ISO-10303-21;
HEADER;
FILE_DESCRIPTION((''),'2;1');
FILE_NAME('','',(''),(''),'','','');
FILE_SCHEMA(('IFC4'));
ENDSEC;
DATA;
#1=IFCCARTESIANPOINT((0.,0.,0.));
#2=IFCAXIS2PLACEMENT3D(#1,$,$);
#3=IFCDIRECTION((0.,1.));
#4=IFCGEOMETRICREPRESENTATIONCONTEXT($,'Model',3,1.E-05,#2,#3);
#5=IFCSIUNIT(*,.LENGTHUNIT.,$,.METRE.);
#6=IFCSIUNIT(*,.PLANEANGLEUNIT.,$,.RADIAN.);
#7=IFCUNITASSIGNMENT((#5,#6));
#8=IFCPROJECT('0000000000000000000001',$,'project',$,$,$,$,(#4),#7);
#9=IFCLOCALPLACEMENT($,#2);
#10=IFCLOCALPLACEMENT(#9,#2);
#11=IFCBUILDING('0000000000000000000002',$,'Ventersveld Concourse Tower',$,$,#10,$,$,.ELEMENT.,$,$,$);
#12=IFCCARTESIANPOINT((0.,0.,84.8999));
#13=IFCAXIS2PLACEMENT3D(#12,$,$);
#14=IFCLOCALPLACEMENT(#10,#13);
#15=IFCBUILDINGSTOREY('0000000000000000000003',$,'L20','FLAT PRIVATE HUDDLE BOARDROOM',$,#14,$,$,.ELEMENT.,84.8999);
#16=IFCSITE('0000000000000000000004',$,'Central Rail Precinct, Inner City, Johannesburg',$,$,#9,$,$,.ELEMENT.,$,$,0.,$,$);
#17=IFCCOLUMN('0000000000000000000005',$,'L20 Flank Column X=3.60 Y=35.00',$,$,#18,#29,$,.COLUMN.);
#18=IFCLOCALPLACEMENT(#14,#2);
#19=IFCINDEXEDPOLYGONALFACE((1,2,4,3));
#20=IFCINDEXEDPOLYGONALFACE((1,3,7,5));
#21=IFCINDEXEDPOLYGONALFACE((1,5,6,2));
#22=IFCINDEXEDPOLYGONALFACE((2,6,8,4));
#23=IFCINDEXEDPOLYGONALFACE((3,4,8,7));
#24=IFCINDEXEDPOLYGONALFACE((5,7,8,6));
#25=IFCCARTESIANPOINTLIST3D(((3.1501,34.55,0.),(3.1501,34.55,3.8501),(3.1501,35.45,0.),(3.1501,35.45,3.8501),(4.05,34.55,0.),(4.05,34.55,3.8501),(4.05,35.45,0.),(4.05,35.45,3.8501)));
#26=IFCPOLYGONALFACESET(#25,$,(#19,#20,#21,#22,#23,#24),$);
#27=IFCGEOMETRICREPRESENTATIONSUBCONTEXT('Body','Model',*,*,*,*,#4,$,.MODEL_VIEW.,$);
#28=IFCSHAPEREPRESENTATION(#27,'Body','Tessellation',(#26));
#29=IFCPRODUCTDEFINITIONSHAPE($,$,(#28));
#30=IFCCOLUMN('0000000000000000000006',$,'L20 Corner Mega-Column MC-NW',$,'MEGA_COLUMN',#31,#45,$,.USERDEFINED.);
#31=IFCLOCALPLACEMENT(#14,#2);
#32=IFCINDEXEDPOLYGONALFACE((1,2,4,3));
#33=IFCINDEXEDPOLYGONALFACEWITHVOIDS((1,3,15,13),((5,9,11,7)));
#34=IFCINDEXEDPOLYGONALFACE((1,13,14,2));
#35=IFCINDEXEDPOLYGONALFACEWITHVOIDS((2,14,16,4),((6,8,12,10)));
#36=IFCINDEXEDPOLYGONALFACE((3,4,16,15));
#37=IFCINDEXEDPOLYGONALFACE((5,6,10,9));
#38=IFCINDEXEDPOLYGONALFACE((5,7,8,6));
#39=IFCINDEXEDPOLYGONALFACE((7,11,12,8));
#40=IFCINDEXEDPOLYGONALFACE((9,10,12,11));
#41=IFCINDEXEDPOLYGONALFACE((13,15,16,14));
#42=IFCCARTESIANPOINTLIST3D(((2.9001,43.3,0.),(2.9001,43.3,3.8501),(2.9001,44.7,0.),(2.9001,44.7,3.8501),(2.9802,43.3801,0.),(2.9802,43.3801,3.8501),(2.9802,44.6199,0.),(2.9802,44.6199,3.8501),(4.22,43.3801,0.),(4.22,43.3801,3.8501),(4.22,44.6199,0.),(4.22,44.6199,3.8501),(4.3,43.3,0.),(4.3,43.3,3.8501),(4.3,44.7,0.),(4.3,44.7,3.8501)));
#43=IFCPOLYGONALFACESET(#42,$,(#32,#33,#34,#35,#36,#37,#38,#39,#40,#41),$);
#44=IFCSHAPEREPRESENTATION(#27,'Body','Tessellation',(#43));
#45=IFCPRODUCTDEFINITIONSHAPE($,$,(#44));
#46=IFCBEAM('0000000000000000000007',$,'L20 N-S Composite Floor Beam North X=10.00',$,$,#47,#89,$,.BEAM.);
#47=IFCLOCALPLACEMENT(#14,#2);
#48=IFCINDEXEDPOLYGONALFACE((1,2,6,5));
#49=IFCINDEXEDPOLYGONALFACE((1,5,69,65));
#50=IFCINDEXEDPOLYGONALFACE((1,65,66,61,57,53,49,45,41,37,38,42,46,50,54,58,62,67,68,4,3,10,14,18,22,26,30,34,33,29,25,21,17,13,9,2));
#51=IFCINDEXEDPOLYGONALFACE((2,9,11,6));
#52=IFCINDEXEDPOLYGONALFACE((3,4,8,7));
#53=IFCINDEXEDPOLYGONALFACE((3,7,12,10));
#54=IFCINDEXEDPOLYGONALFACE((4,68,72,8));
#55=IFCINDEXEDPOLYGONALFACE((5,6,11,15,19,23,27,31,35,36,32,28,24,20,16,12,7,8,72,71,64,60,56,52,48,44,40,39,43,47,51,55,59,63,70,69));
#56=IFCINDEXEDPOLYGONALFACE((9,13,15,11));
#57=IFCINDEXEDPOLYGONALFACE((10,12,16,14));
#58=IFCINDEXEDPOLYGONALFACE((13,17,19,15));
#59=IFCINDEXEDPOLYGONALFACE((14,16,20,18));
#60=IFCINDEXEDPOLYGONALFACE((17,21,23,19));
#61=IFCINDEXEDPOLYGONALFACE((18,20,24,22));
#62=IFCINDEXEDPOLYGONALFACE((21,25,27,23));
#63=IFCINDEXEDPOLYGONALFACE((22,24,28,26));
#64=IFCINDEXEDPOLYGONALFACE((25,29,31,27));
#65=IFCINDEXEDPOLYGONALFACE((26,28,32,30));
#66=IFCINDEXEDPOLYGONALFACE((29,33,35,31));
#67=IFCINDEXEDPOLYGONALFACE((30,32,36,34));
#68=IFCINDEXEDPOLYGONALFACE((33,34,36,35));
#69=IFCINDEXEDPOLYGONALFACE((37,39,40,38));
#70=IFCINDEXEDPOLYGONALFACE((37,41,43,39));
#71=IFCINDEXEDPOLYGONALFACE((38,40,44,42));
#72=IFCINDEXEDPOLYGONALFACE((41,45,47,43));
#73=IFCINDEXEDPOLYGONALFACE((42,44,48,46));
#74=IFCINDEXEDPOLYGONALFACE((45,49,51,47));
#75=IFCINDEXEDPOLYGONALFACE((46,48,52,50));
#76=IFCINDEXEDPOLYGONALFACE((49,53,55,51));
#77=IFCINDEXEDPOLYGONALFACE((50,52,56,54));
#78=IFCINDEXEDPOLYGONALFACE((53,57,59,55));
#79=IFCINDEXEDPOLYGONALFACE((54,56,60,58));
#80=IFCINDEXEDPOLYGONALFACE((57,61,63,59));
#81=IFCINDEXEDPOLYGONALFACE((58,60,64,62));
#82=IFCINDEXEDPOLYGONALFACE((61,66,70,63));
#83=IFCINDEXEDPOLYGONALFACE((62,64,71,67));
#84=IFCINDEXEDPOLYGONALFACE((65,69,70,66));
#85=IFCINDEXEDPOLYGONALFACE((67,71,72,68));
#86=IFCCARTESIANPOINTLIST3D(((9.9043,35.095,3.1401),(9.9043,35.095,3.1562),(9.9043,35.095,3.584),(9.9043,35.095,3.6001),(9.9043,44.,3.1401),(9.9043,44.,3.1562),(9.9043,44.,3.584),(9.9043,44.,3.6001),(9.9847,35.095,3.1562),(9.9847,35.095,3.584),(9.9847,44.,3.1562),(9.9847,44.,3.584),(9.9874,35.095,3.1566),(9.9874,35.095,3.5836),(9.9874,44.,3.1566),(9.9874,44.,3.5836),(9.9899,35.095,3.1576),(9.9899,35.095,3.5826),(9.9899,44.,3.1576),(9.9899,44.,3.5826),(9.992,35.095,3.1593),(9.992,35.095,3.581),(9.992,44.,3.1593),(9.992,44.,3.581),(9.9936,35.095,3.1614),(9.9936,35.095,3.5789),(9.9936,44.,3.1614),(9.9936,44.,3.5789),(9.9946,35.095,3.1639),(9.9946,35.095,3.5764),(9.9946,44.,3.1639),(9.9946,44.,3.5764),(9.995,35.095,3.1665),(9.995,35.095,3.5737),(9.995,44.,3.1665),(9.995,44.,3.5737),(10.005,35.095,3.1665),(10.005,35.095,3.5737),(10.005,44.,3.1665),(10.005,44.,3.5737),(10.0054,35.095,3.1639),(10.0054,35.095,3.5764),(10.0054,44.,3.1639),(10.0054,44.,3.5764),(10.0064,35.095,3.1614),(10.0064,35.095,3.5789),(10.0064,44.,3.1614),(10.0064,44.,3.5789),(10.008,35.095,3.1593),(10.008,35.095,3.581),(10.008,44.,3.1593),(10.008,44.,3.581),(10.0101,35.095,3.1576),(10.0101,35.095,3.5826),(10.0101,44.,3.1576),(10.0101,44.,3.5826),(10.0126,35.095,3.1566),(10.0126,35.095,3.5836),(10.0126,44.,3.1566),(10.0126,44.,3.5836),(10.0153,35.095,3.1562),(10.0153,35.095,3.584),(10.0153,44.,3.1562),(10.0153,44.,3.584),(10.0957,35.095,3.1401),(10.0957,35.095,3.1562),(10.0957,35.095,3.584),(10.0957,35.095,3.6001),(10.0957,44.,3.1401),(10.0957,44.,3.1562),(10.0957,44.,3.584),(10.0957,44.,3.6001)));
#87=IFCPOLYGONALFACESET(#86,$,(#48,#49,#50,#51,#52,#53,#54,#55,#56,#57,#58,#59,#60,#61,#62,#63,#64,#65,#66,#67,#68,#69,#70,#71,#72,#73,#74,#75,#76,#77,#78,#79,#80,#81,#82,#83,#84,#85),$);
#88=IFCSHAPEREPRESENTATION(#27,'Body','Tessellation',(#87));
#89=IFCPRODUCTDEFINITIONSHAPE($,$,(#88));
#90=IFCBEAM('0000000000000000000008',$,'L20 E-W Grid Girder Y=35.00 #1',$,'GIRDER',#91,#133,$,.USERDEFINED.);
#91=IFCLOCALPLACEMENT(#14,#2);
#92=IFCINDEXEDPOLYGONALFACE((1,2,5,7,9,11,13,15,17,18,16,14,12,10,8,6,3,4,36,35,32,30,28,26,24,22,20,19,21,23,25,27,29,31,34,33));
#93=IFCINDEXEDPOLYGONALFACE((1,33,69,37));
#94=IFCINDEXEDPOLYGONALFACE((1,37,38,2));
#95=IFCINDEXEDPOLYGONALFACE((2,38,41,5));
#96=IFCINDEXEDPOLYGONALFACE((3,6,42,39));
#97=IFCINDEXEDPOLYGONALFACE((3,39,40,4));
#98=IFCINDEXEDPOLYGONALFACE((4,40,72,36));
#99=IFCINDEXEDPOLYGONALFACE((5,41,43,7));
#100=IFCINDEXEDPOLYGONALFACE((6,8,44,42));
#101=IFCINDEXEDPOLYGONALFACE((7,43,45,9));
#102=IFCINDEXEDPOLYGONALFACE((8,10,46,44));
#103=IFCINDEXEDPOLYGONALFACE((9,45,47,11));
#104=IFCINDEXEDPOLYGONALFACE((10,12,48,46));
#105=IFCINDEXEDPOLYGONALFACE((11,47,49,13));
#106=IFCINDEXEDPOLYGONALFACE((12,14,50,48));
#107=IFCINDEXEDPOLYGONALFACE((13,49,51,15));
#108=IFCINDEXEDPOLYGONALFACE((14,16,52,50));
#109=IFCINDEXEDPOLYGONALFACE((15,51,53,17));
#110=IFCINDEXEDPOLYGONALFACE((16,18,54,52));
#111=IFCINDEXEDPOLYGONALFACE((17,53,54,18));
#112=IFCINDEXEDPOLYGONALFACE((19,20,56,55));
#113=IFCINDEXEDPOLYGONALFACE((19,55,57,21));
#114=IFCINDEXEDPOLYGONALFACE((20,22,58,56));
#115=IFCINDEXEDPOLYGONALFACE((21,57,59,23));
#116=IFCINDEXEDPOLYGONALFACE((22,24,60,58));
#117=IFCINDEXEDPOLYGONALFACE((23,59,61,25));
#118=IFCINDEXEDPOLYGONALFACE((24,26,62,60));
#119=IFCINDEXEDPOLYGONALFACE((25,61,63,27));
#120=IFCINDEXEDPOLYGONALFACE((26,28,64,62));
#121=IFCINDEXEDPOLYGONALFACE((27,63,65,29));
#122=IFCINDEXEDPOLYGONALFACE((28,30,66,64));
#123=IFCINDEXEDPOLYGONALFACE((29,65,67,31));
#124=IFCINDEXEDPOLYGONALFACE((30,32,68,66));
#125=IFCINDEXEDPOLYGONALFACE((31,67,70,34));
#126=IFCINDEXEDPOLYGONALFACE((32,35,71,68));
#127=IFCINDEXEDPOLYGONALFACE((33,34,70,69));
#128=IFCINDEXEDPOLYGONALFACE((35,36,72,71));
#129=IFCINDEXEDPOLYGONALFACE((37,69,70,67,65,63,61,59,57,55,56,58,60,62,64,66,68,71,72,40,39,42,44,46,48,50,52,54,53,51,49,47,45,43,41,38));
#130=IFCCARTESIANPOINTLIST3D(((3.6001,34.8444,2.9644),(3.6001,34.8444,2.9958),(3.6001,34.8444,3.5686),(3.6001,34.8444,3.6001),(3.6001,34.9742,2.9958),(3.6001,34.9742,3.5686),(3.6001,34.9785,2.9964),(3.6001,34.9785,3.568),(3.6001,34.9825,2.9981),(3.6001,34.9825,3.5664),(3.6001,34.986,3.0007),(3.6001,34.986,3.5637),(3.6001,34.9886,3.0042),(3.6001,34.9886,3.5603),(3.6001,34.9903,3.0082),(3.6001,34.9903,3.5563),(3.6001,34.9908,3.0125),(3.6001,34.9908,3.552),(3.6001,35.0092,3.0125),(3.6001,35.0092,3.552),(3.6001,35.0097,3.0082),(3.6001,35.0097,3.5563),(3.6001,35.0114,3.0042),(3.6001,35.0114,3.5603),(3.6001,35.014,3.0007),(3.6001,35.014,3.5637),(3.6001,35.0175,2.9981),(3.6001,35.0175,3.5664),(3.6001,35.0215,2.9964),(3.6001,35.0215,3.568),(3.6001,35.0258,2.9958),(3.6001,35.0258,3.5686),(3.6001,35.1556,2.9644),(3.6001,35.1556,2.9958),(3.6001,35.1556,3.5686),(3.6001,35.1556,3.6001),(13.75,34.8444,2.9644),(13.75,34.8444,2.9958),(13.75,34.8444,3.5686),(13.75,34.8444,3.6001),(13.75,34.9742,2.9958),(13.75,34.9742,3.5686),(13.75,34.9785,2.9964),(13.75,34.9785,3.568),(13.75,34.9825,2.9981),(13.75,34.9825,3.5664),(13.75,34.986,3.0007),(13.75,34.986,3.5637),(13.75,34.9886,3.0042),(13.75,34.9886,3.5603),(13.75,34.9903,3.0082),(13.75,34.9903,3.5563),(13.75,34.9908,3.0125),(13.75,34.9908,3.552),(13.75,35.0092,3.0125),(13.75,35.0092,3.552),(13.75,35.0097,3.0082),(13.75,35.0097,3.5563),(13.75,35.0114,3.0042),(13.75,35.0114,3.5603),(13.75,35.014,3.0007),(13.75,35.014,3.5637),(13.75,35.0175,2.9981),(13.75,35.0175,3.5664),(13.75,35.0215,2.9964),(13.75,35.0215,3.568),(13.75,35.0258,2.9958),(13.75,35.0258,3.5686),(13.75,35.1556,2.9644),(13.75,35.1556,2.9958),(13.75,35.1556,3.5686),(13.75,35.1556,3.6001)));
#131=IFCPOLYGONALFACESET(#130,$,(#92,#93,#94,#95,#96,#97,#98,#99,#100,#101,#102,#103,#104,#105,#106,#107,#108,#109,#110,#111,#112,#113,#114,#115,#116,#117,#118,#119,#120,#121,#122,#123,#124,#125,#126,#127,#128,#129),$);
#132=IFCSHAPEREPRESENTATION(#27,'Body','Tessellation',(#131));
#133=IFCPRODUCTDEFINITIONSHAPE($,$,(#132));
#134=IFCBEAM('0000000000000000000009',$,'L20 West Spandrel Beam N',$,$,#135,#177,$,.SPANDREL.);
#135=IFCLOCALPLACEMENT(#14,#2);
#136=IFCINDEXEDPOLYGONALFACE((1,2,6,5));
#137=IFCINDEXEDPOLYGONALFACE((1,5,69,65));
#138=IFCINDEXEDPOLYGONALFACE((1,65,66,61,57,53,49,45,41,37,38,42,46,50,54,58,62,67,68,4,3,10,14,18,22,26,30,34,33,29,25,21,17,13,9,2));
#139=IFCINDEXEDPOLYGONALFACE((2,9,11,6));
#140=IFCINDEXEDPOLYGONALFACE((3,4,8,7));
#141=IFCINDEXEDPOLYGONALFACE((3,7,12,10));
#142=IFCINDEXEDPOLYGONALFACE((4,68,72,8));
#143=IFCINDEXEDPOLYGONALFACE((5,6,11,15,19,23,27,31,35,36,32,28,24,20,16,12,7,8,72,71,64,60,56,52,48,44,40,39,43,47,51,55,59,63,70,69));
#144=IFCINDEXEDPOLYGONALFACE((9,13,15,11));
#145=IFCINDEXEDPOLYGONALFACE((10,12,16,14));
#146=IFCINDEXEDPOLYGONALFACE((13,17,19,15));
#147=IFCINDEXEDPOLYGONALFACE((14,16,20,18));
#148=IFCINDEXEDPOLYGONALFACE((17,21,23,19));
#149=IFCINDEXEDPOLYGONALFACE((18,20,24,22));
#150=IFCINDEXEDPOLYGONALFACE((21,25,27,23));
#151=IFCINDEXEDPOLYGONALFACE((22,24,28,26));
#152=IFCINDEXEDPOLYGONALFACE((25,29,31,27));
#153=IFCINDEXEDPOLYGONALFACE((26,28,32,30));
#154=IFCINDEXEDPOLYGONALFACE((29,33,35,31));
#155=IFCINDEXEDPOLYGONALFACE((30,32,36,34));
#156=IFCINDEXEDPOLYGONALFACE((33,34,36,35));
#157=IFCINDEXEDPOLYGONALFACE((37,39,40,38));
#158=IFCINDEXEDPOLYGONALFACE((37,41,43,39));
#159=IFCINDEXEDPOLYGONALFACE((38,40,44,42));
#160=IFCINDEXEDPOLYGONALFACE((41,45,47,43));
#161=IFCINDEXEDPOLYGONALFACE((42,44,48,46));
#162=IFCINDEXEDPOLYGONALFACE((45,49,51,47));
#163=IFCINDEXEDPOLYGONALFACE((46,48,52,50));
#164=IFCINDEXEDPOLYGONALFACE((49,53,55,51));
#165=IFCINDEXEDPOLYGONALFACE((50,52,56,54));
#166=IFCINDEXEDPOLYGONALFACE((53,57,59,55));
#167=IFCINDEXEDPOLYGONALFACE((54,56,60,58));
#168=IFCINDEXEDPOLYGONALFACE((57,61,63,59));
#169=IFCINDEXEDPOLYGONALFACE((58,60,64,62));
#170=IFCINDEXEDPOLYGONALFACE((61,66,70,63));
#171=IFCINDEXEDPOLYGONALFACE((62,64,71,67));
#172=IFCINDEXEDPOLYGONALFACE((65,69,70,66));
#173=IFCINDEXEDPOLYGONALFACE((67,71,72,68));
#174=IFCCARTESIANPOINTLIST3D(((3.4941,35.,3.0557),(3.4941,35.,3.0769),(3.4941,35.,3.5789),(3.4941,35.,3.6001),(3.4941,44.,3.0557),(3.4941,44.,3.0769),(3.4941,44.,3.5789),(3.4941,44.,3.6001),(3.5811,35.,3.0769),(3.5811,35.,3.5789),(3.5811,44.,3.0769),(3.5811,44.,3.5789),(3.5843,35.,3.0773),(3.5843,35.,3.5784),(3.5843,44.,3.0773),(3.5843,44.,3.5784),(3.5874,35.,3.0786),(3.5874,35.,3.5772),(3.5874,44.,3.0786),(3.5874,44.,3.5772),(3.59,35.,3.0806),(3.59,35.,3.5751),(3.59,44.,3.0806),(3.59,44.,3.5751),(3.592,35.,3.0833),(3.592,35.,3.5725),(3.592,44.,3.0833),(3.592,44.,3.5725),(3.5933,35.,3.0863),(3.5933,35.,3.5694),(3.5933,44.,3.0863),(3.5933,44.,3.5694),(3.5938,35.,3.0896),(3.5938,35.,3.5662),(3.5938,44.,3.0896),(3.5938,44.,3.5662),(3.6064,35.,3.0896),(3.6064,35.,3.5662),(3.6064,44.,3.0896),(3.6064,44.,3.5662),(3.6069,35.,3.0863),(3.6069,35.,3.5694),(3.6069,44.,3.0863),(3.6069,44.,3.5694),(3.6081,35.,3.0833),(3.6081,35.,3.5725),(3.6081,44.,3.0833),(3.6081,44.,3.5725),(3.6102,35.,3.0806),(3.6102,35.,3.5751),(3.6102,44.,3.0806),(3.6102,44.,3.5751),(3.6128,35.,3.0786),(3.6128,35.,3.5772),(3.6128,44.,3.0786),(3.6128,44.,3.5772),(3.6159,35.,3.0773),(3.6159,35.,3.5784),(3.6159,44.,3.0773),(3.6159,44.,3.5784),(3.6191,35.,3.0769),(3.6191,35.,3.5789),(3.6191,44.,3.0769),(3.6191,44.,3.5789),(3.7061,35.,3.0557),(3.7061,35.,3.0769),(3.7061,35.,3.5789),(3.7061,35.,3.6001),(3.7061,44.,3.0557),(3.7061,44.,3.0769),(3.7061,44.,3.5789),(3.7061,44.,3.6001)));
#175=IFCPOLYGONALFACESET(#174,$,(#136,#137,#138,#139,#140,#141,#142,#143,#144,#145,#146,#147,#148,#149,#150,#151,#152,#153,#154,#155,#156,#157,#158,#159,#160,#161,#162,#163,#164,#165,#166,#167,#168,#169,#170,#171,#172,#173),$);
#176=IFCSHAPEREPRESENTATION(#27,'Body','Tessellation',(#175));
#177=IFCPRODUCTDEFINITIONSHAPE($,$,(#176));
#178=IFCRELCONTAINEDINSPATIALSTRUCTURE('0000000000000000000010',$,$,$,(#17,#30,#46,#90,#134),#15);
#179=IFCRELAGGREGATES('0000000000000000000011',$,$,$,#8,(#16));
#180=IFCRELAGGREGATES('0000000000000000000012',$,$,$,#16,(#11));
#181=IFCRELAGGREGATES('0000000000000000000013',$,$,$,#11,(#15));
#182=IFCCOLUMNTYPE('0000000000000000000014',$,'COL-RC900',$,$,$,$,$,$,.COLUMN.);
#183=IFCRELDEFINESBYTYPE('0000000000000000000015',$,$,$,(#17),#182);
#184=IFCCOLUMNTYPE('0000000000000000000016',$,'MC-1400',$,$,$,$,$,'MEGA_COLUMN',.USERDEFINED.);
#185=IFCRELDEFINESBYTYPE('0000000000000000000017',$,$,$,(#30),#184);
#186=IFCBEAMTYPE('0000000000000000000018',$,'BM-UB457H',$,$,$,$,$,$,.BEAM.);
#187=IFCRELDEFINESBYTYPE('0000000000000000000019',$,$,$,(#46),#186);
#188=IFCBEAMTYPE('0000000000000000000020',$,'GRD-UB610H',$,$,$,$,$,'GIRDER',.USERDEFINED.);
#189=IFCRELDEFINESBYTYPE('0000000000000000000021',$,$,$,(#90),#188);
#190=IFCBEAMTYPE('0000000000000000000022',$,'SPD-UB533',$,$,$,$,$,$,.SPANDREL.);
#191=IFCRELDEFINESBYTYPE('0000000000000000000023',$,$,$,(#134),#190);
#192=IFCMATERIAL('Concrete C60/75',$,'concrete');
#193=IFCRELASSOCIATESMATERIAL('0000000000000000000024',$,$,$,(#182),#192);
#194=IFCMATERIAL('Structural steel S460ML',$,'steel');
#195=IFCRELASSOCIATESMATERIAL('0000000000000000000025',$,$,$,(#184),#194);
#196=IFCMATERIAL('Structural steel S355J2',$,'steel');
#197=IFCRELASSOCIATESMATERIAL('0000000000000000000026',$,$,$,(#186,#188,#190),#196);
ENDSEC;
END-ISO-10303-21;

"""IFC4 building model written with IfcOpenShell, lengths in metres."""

from ifc_helpers import new_model, si_unit, direction, frame, origin, origin_2d, place, context, subcontext, project, spatial, rectangle, hollow_rectangle, i_section, extrude, material, material_profile, profile_set, type_object, element, save


model = new_model("IFC4")

# Units and contexts
model_context = context("Model", 3, precision=1e-05, world=origin(), true_north=direction((0.0, 1.0)))
body_context = subcontext(model_context, "Body", "Model", "MODEL_VIEW")
ifc_project = project(units=[si_unit("LENGTHUNIT", "METRE"), si_unit("PLANEANGLEUNIT", "RADIAN")], contexts=[model_context])

# Site, building, storey
site_placement = place(None, origin())
site = spatial("IfcSite", under=ifc_project, at=site_placement, Name="Central Rail Precinct, Inner City, Johannesburg", CompositionType="ELEMENT", RefElevation=0.0)
building_placement = place(site_placement, origin())
building = spatial("IfcBuilding", under=site, at=building_placement, Name="Ventersveld Concourse Tower", CompositionType="ELEMENT")
storey_placement = place(building_placement, frame((0.0, 0.0, 84.8999)))
storey = spatial("IfcBuildingStorey", under=building, at=storey_placement, Name="L20", Description="FLAT PRIVATE HUDDLE BOARDROOM", CompositionType="ELEMENT", Elevation=84.8999)

# Columns
ifc_material_1 = material(Name="Concrete C60/75", Category="concrete")
ifc_material_profile_1 = material_profile(ifc_material_1, rectangle(XDim=0.8999, YDim=0.8999, at=origin_2d()), Name="RC 900x900")
ifc_profile_set_1 = profile_set([ifc_material_profile_1], Name="Concrete C60/75")
column_type_1 = type_object("IfcColumnType", Name="COL-RC900", PredefinedType="COLUMN", material=ifc_profile_set_1)
column_1_placement = place(storey_placement, frame((3.6001, 35.0, 0.0), z_axis=(0.0, 0.0, 1.0), x_axis=(1.0, 0.0, 0.0)))
element("IfcColumn", 1, at=column_1_placement, inside=storey, type_object=column_type_1, Name="L20 Flank Column X=3.60 Y=35.00", PredefinedType="COLUMN", context=body_context, shape_type="SweptSolid", body=[
    extrude(rectangle(XDim=0.8999, YDim=0.8999, at=origin_2d()), origin(), (0.0, 0.0, 1.0), 3.8501),
])
ifc_material_2 = material(Name="Structural steel S460ML", Category="steel")
ifc_material_profile_2 = material_profile(ifc_material_2, hollow_rectangle(XDim=1.3999, YDim=1.3999, WallThickness=0.0801, at=origin_2d()), Name="BOX 1400x1400x80")
ifc_profile_set_2 = profile_set([ifc_material_profile_2], Name="Structural steel S460ML")
column_type_2 = type_object("IfcColumnType", Name="MC-1400", ElementType="MEGA_COLUMN", PredefinedType="USERDEFINED", material=ifc_profile_set_2)
column_2_placement = place(storey_placement, frame((3.6001, 44.0, 0.0), z_axis=(0.0, 0.0, 1.0), x_axis=(1.0, 0.0, 0.0)))
element("IfcColumn", 2, at=column_2_placement, inside=storey, type_object=column_type_2, Name="L20 Corner Mega-Column MC-NW", ObjectType="MEGA_COLUMN", PredefinedType="USERDEFINED", context=body_context, shape_type="SweptSolid", body=[
    extrude(hollow_rectangle(XDim=1.3999, YDim=1.3999, WallThickness=0.0801, at=origin_2d()), origin(), (0.0, 0.0, 1.0), 3.8501),
])

# Beams
ifc_material_3 = material(Name="Structural steel S355J2", Category="steel")
ifc_material_profile_3 = material_profile(ifc_material_3, i_section(OverallWidth=0.1914, OverallDepth=0.46, WebThickness=0.01, FlangeThickness=0.0161, FilletRadius=0.0103, at=origin_2d()), Name="UB 457x191x82")
ifc_profile_set_3 = profile_set([ifc_material_profile_3], Name="Structural steel S355J2")
beam_type_1 = type_object("IfcBeamType", Name="BM-UB457H", PredefinedType="BEAM", material=ifc_profile_set_3)
beam_1_placement = place(storey_placement, frame((10.0, 35.095, 3.3701), z_axis=(0.0, 1.0, 0.0), x_axis=(-1.0, 0.0, 0.0)))
element("IfcBeam", 3, at=beam_1_placement, inside=storey, type_object=beam_type_1, Name="L20 N-S Composite Floor Beam North X=10.00", PredefinedType="BEAM", context=body_context, shape_type="SweptSolid", body=[
    extrude(i_section(OverallWidth=0.1914, OverallDepth=0.46, WebThickness=0.01, FlangeThickness=0.0161, FilletRadius=0.0103, at=origin_2d()), origin(), (0.0, 0.0, 1.0), 8.905),
])
ifc_material_profile_4 = material_profile(ifc_material_3, i_section(OverallWidth=0.3113, OverallDepth=0.6357, WebThickness=0.0183, FlangeThickness=0.0315, FilletRadius=0.0166, at=origin_2d()), Name="UB 610x305x238")
ifc_profile_set_4 = profile_set([ifc_material_profile_4], Name="Structural steel S355J2")
beam_type_2 = type_object("IfcBeamType", Name="GRD-UB610H", ElementType="GIRDER", PredefinedType="USERDEFINED", material=ifc_profile_set_4)
beam_2_placement = place(storey_placement, frame((3.6001, 35.0, 3.2822), z_axis=(1.0, 0.0, 0.0), x_axis=(0.0, 1.0, 0.0)))
element("IfcBeam", 4, at=beam_2_placement, inside=storey, type_object=beam_type_2, Name="L20 E-W Grid Girder Y=35.00 #1", ObjectType="GIRDER", PredefinedType="USERDEFINED", context=body_context, shape_type="SweptSolid", body=[
    extrude(i_section(OverallWidth=0.3113, OverallDepth=0.6357, WebThickness=0.0183, FlangeThickness=0.0315, FilletRadius=0.0166, at=origin_2d()), origin(), (0.0, 0.0, 1.0), 10.1499),
])
ifc_material_profile_5 = material_profile(ifc_material_3, i_section(OverallWidth=0.2119, OverallDepth=0.5444, WebThickness=0.0127, FlangeThickness=0.0212, FilletRadius=0.0127, at=origin_2d()), Name="UB 533x210x122")
ifc_profile_set_5 = profile_set([ifc_material_profile_5], Name="Structural steel S355J2")
beam_type_3 = type_object("IfcBeamType", Name="SPD-UB533", PredefinedType="SPANDREL", material=ifc_profile_set_5)
beam_3_placement = place(storey_placement, frame((3.6001, 35.0, 3.3279), z_axis=(0.0, 1.0, 0.0), x_axis=(-1.0, 0.0, 0.0)))
element("IfcBeam", 5, at=beam_3_placement, inside=storey, type_object=beam_type_3, Name="L20 West Spandrel Beam N", PredefinedType="SPANDREL", context=body_context, shape_type="SweptSolid", body=[
    extrude(i_section(OverallWidth=0.2119, OverallDepth=0.5444, WebThickness=0.0127, FlangeThickness=0.0212, FilletRadius=0.0127, at=origin_2d()), origin(), (0.0, 0.0, 1.0), 9.0),
])

save(model, "model.ifc")
